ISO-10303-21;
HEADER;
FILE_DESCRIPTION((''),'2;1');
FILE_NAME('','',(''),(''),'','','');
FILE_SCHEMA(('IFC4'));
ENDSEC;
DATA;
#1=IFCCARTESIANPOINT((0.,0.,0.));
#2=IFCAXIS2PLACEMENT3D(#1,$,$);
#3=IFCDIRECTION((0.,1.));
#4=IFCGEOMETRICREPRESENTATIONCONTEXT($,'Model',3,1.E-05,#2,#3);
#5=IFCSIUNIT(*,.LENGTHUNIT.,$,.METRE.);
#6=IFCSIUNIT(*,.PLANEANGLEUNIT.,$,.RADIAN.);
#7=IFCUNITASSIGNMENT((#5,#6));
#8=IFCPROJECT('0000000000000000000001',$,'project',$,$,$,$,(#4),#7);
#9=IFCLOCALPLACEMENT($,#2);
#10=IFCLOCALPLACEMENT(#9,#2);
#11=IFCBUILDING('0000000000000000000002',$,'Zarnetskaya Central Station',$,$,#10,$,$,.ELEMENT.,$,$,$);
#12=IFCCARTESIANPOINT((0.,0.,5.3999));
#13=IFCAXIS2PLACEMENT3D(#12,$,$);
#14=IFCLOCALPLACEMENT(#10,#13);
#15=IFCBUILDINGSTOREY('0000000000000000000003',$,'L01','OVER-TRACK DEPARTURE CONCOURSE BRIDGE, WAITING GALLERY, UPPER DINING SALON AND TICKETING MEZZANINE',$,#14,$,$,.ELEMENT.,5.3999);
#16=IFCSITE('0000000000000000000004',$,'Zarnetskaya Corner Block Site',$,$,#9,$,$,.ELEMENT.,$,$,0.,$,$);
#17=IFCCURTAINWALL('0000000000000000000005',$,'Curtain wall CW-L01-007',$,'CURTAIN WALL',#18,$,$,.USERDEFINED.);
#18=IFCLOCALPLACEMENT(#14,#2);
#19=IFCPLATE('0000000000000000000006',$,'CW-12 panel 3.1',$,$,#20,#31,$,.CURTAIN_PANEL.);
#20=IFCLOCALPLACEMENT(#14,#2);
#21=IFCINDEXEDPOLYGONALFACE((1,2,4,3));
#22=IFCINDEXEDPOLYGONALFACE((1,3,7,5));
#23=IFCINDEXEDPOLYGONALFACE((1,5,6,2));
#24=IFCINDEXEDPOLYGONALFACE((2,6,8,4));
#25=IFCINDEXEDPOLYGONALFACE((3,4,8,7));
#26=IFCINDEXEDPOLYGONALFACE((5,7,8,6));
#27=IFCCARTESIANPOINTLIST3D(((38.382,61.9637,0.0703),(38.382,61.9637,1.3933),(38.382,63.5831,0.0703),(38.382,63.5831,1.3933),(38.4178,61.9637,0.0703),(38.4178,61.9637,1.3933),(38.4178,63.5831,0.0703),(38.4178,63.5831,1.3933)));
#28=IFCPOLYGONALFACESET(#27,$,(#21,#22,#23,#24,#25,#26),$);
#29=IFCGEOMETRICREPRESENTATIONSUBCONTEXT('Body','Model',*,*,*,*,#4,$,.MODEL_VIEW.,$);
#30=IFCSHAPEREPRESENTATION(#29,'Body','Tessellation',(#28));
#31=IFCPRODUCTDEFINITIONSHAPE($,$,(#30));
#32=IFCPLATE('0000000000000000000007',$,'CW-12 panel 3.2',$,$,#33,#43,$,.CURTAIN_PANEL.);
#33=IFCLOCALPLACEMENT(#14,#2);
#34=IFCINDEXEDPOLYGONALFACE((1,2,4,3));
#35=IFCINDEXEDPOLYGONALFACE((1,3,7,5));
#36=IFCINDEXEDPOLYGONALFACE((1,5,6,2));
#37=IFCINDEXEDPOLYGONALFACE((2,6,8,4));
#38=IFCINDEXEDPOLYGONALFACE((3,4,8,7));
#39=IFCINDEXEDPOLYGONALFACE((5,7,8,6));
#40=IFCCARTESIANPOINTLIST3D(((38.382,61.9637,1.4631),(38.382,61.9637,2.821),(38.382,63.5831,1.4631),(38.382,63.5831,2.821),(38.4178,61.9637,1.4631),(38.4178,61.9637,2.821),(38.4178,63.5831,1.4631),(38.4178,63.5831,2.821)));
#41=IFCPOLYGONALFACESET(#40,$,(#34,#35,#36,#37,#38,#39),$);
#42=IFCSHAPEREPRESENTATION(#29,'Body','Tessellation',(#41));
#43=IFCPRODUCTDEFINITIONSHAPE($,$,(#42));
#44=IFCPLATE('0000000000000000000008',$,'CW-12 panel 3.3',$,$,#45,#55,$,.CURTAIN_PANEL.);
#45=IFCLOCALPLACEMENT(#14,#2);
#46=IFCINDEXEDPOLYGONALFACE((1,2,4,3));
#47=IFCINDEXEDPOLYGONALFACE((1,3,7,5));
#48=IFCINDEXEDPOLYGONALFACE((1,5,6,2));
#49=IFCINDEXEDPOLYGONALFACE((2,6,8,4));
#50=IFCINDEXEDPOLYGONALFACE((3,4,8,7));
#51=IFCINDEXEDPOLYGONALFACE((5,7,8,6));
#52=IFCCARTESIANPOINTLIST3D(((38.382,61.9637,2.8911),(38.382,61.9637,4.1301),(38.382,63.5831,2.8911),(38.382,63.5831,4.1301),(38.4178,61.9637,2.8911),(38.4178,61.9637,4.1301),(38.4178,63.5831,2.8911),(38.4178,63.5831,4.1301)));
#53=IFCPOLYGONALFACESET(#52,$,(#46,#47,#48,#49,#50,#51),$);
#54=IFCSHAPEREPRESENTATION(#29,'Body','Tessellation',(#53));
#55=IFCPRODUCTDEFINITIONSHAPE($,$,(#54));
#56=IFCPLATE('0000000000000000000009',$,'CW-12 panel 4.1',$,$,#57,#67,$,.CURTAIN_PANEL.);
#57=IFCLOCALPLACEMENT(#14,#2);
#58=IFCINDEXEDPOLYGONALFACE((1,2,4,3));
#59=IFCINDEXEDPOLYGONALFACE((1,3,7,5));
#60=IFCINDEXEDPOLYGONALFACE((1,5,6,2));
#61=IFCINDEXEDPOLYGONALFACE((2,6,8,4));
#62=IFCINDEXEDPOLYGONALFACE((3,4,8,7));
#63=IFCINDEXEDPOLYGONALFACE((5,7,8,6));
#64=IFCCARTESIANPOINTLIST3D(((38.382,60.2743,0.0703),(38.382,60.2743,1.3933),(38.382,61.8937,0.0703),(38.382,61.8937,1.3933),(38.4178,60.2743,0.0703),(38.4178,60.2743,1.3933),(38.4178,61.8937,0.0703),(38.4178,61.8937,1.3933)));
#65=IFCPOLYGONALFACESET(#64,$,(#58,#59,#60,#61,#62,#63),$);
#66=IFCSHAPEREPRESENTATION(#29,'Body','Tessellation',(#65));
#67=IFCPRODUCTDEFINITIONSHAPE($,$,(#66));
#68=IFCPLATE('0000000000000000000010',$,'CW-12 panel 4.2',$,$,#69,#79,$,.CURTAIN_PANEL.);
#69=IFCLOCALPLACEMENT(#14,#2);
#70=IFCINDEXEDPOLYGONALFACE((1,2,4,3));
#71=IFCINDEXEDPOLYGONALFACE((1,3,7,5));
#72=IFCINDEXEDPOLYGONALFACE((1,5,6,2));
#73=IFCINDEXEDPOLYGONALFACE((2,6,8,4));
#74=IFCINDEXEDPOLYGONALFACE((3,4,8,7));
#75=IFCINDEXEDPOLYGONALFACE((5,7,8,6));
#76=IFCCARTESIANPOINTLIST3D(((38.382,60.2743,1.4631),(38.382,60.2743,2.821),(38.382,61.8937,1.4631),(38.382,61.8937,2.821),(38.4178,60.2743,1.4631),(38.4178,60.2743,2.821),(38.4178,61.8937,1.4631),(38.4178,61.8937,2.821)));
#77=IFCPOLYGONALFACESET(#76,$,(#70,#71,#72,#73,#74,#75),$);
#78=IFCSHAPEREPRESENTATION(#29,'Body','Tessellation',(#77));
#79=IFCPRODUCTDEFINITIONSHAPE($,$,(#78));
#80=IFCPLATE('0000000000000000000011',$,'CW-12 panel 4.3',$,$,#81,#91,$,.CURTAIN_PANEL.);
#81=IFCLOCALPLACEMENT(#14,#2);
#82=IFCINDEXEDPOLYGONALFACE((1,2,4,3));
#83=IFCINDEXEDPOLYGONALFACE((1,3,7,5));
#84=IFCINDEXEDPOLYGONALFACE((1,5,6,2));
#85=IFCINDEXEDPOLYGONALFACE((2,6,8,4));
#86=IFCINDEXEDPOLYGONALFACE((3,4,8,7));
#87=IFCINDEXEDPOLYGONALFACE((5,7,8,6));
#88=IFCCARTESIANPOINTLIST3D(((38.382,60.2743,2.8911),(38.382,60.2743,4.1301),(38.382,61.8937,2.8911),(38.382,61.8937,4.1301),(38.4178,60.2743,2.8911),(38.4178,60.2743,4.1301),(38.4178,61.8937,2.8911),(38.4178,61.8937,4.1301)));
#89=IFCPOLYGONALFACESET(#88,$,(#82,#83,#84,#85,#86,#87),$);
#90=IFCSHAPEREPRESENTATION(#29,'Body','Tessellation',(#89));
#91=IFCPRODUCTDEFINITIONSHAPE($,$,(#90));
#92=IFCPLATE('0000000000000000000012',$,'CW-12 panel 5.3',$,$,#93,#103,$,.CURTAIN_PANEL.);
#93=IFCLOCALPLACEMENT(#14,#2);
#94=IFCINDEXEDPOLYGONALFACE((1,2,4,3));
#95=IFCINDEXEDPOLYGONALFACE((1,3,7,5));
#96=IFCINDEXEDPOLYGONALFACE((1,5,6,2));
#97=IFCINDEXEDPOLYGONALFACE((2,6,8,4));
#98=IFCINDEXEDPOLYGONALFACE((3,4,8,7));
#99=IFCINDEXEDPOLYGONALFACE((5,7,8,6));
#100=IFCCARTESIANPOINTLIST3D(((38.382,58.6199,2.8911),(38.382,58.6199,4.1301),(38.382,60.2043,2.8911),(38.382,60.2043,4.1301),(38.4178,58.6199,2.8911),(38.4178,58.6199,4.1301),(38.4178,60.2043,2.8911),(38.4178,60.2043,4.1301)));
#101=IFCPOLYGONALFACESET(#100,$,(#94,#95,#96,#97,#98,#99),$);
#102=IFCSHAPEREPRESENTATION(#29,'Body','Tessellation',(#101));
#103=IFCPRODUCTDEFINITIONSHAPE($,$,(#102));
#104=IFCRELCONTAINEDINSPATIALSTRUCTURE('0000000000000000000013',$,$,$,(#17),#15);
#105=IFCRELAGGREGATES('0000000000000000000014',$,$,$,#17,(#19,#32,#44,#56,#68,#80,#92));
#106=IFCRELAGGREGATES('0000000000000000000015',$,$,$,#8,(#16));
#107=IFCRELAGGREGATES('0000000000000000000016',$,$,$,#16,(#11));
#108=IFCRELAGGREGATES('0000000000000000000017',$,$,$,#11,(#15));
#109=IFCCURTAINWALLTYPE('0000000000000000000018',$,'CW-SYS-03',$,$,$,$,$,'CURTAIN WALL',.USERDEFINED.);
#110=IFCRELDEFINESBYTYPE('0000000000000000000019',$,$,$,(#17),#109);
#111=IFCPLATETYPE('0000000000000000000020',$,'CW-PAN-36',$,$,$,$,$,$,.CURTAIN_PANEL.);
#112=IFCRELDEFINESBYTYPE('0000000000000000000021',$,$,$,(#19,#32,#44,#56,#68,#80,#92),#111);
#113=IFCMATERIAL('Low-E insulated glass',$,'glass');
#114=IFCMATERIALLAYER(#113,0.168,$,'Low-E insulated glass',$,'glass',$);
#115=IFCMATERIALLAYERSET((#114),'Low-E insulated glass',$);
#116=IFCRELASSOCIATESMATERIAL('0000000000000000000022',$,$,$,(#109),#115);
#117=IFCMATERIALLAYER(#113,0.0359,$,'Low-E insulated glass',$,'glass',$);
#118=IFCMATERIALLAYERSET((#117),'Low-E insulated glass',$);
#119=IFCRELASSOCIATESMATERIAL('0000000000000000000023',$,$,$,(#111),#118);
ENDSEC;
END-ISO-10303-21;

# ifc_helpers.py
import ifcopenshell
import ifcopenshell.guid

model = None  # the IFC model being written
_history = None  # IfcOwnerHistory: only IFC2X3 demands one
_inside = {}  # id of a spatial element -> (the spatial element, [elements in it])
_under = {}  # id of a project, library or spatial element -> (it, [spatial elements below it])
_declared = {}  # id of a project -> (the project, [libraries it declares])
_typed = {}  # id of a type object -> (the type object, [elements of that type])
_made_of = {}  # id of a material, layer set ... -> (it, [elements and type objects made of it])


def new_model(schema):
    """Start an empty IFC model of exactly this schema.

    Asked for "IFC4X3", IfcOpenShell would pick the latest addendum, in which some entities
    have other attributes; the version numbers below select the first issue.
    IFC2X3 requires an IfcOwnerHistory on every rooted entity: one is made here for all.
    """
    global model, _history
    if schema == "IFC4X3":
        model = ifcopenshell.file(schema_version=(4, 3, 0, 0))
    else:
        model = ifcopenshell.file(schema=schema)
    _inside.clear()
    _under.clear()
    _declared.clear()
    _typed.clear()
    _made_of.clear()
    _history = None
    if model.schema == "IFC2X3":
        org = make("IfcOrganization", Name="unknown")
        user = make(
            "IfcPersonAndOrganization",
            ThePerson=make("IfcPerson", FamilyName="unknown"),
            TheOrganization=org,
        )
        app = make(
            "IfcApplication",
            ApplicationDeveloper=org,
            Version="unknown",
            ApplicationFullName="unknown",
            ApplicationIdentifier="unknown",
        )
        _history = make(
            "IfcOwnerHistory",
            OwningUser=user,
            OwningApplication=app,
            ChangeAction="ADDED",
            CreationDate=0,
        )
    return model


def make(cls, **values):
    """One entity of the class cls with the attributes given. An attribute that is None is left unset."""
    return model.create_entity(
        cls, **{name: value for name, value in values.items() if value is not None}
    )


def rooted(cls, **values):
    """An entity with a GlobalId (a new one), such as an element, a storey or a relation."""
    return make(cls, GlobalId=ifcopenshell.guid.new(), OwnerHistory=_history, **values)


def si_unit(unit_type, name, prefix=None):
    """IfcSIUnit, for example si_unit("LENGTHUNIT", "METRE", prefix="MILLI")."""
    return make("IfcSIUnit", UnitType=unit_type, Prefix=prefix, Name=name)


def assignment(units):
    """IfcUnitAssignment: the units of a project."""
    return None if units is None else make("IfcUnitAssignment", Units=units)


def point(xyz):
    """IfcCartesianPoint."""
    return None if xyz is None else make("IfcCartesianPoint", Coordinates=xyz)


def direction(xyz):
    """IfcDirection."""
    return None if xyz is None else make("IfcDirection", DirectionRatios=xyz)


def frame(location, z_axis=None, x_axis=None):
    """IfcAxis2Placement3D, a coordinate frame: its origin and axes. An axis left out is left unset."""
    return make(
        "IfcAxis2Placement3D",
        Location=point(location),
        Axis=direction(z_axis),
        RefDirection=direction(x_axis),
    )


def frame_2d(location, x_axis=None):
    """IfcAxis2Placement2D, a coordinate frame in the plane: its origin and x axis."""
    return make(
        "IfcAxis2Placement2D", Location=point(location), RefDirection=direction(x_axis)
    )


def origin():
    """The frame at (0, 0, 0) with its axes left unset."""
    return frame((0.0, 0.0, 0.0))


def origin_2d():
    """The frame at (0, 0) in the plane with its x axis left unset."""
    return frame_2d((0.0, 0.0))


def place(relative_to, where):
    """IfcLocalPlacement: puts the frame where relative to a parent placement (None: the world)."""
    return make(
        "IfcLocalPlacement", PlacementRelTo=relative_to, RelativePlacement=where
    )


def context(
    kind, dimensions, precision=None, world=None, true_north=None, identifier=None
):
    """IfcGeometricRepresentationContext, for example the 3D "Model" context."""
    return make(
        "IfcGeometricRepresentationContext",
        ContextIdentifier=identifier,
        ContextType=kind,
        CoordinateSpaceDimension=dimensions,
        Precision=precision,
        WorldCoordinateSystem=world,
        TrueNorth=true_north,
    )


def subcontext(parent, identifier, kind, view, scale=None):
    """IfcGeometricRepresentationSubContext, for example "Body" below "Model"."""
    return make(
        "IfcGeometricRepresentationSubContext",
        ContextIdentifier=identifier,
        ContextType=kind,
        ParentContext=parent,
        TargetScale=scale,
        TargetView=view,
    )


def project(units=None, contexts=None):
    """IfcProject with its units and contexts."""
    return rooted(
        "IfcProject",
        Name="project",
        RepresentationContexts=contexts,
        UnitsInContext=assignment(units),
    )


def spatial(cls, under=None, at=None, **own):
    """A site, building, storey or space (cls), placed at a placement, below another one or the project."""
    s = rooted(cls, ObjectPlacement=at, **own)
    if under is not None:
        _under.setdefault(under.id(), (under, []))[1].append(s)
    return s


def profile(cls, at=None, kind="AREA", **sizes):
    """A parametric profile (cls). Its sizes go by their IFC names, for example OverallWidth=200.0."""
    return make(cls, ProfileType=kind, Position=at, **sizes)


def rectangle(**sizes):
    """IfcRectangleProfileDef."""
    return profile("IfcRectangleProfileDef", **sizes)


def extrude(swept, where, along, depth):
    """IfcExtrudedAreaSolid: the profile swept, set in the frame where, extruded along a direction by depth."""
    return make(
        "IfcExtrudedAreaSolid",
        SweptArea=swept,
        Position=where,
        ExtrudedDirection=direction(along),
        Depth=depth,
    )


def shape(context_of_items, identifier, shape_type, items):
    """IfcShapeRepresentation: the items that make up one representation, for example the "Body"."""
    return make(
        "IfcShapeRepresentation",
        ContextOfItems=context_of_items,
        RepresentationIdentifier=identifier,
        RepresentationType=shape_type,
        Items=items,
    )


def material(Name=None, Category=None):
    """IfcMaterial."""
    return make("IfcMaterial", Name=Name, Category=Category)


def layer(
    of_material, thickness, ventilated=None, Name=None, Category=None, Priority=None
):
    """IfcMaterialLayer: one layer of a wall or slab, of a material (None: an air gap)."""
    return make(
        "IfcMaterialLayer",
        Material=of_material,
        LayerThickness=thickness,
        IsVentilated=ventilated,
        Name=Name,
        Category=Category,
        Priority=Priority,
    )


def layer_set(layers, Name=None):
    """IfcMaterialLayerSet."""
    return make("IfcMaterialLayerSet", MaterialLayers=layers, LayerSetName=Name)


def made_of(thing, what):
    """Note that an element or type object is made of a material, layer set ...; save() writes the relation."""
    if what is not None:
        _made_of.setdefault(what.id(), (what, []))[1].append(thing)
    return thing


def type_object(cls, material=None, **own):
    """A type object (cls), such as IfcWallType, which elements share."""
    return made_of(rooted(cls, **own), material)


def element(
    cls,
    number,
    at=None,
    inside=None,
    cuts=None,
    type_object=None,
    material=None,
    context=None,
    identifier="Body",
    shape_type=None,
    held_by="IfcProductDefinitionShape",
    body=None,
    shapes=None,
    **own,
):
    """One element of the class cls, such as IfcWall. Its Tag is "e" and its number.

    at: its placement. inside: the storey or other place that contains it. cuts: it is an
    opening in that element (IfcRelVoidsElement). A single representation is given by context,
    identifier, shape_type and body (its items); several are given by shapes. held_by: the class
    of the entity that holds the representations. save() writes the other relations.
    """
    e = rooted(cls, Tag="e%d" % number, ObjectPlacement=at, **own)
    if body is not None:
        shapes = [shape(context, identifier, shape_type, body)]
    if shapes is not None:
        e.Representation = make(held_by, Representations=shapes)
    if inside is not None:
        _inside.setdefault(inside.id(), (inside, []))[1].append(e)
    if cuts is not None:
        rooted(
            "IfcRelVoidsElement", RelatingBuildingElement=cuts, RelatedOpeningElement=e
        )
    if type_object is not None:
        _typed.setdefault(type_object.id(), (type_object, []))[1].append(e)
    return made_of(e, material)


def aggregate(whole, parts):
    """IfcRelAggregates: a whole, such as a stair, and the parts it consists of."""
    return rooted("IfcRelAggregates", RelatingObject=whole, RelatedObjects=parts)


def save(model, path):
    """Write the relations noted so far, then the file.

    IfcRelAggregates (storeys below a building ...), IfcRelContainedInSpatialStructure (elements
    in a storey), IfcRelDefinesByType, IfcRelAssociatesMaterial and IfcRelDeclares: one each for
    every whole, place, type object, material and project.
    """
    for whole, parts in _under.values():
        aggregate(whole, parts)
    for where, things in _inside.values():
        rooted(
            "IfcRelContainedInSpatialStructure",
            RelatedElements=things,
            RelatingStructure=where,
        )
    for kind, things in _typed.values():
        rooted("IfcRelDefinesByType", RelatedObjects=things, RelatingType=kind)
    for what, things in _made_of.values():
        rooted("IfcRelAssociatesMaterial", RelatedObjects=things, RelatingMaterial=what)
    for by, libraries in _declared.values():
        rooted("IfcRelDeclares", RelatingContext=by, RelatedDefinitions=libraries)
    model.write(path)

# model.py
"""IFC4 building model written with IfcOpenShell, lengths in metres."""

from ifc_helpers import new_model, si_unit, direction, frame, origin, origin_2d, place, context, subcontext, project, spatial, rectangle, extrude, material, layer, layer_set, type_object, element, aggregate, save


model = new_model("IFC4")

# Units and contexts
model_context = context("Model", 3, precision=1e-05, world=origin(), true_north=direction((0.0, 1.0)))
body_context = subcontext(model_context, "Body", "Model", "MODEL_VIEW")
ifc_project = project(units=[si_unit("LENGTHUNIT", "METRE"), si_unit("PLANEANGLEUNIT", "RADIAN")], contexts=[model_context])

# Site, building, storey
site_placement = place(None, origin())
site = spatial("IfcSite", under=ifc_project, at=site_placement, Name="Zarnetskaya Corner Block Site", CompositionType="ELEMENT", RefElevation=0.0)
building_placement = place(site_placement, origin())
building = spatial("IfcBuilding", under=site, at=building_placement, Name="Zarnetskaya Central Station", CompositionType="ELEMENT")
storey_placement = place(building_placement, frame((0.0, 0.0, 5.3999)))
storey = spatial("IfcBuildingStorey", under=building, at=storey_placement, Name="L01", Description="OVER-TRACK DEPARTURE CONCOURSE BRIDGE, WAITING GALLERY, UPPER DINING SALON AND TICKETING MEZZANINE", CompositionType="ELEMENT", Elevation=5.3999)

# Curtain wall, plates
ifc_material_1 = material(Name="Low-E insulated glass", Category="glass")
ifc_layer_1 = layer(ifc_material_1, 0.168, Name="Low-E insulated glass", Category="glass")
ifc_layer_set_1 = layer_set([ifc_layer_1], Name="Low-E insulated glass")
curtain_wall_type = type_object("IfcCurtainWallType", Name="CW-SYS-03", ElementType="CURTAIN WALL", PredefinedType="USERDEFINED", material=ifc_layer_set_1)
curtain_wall_placement = place(storey_placement, origin())
curtain_wall = element("IfcCurtainWall", 1, at=curtain_wall_placement, inside=storey, type_object=curtain_wall_type, Name="Curtain wall CW-L01-007", ObjectType="CURTAIN WALL", PredefinedType="USERDEFINED")
ifc_layer_2 = layer(ifc_material_1, 0.0359, Name="Low-E insulated glass", Category="glass")
ifc_layer_set_2 = layer_set([ifc_layer_2], Name="Low-E insulated glass")
plate_type = type_object("IfcPlateType", Name="CW-PAN-36", PredefinedType="CURTAIN_PANEL", material=ifc_layer_set_2)
plate_1_placement = place(storey_placement, frame((38.3999, 62.7734, 0.0703), z_axis=(0.0, 0.0, 1.0), x_axis=(0.0, -1.0, 0.0)))
plate_1 = element("IfcPlate", 2, at=plate_1_placement, type_object=plate_type, Name="CW-12 panel 3.1", PredefinedType="CURTAIN_PANEL", context=body_context, shape_type="SweptSolid", body=[
    extrude(rectangle(XDim=1.6194, YDim=0.0359, at=origin_2d()), origin(), (0.0, 0.0, 1.0), 1.323),
])
plate_2_placement = place(storey_placement, frame((38.3999, 62.7734, 1.4631), z_axis=(0.0, 0.0, 1.0), x_axis=(0.0, -1.0, 0.0)))
plate_2 = element("IfcPlate", 3, at=plate_2_placement, type_object=plate_type, Name="CW-12 panel 3.2", PredefinedType="CURTAIN_PANEL", context=body_context, shape_type="SweptSolid", body=[
    extrude(rectangle(XDim=1.6194, YDim=0.0359, at=origin_2d()), origin(), (0.0, 0.0, 1.0), 1.3579),
])
plate_3_placement = place(storey_placement, frame((38.3999, 62.7734, 2.8911), z_axis=(0.0, 0.0, 1.0), x_axis=(0.0, -1.0, 0.0)))
plate_3 = element("IfcPlate", 4, at=plate_3_placement, type_object=plate_type, Name="CW-12 panel 3.3", PredefinedType="CURTAIN_PANEL", context=body_context, shape_type="SweptSolid", body=[
    extrude(rectangle(XDim=1.6194, YDim=0.0359, at=origin_2d()), origin(), (0.0, 0.0, 1.0), 1.239),
])
plate_4_placement = place(storey_placement, frame((38.3999, 61.084, 0.0703), z_axis=(0.0, 0.0, 1.0), x_axis=(0.0, -1.0, 0.0)))
plate_4 = element("IfcPlate", 5, at=plate_4_placement, type_object=plate_type, Name="CW-12 panel 4.1", PredefinedType="CURTAIN_PANEL", context=body_context, shape_type="SweptSolid", body=[
    extrude(rectangle(XDim=1.6194, YDim=0.0359, at=origin_2d()), origin(), (0.0, 0.0, 1.0), 1.323),
])
plate_5_placement = place(storey_placement, frame((38.3999, 61.084, 1.4631), z_axis=(0.0, 0.0, 1.0), x_axis=(0.0, -1.0, 0.0)))
plate_5 = element("IfcPlate", 6, at=plate_5_placement, type_object=plate_type, Name="CW-12 panel 4.2", PredefinedType="CURTAIN_PANEL", context=body_context, shape_type="SweptSolid", body=[
    extrude(rectangle(XDim=1.6194, YDim=0.0359, at=origin_2d()), origin(), (0.0, 0.0, 1.0), 1.3579),
])
plate_6_placement = place(storey_placement, frame((38.3999, 61.084, 2.8911), z_axis=(0.0, 0.0, 1.0), x_axis=(0.0, -1.0, 0.0)))
plate_6 = element("IfcPlate", 7, at=plate_6_placement, type_object=plate_type, Name="CW-12 panel 4.3", PredefinedType="CURTAIN_PANEL", context=body_context, shape_type="SweptSolid", body=[
    extrude(rectangle(XDim=1.6194, YDim=0.0359, at=origin_2d()), origin(), (0.0, 0.0, 1.0), 1.239),
])
plate_7_placement = place(storey_placement, frame((38.3999, 59.4121, 2.8911), z_axis=(0.0, 0.0, 1.0), x_axis=(0.0, -1.0, 0.0)))
plate_7 = element("IfcPlate", 8, at=plate_7_placement, type_object=plate_type, Name="CW-12 panel 5.3", PredefinedType="CURTAIN_PANEL", context=body_context, shape_type="SweptSolid", body=[
    extrude(rectangle(XDim=1.5845, YDim=0.0359, at=origin_2d()), origin(), (0.0, 0.0, 1.0), 1.239),
])
aggregate(curtain_wall, [plate_1, plate_2, plate_3, plate_4, plate_5, plate_6, plate_7])

save(model, "model.ifc")
